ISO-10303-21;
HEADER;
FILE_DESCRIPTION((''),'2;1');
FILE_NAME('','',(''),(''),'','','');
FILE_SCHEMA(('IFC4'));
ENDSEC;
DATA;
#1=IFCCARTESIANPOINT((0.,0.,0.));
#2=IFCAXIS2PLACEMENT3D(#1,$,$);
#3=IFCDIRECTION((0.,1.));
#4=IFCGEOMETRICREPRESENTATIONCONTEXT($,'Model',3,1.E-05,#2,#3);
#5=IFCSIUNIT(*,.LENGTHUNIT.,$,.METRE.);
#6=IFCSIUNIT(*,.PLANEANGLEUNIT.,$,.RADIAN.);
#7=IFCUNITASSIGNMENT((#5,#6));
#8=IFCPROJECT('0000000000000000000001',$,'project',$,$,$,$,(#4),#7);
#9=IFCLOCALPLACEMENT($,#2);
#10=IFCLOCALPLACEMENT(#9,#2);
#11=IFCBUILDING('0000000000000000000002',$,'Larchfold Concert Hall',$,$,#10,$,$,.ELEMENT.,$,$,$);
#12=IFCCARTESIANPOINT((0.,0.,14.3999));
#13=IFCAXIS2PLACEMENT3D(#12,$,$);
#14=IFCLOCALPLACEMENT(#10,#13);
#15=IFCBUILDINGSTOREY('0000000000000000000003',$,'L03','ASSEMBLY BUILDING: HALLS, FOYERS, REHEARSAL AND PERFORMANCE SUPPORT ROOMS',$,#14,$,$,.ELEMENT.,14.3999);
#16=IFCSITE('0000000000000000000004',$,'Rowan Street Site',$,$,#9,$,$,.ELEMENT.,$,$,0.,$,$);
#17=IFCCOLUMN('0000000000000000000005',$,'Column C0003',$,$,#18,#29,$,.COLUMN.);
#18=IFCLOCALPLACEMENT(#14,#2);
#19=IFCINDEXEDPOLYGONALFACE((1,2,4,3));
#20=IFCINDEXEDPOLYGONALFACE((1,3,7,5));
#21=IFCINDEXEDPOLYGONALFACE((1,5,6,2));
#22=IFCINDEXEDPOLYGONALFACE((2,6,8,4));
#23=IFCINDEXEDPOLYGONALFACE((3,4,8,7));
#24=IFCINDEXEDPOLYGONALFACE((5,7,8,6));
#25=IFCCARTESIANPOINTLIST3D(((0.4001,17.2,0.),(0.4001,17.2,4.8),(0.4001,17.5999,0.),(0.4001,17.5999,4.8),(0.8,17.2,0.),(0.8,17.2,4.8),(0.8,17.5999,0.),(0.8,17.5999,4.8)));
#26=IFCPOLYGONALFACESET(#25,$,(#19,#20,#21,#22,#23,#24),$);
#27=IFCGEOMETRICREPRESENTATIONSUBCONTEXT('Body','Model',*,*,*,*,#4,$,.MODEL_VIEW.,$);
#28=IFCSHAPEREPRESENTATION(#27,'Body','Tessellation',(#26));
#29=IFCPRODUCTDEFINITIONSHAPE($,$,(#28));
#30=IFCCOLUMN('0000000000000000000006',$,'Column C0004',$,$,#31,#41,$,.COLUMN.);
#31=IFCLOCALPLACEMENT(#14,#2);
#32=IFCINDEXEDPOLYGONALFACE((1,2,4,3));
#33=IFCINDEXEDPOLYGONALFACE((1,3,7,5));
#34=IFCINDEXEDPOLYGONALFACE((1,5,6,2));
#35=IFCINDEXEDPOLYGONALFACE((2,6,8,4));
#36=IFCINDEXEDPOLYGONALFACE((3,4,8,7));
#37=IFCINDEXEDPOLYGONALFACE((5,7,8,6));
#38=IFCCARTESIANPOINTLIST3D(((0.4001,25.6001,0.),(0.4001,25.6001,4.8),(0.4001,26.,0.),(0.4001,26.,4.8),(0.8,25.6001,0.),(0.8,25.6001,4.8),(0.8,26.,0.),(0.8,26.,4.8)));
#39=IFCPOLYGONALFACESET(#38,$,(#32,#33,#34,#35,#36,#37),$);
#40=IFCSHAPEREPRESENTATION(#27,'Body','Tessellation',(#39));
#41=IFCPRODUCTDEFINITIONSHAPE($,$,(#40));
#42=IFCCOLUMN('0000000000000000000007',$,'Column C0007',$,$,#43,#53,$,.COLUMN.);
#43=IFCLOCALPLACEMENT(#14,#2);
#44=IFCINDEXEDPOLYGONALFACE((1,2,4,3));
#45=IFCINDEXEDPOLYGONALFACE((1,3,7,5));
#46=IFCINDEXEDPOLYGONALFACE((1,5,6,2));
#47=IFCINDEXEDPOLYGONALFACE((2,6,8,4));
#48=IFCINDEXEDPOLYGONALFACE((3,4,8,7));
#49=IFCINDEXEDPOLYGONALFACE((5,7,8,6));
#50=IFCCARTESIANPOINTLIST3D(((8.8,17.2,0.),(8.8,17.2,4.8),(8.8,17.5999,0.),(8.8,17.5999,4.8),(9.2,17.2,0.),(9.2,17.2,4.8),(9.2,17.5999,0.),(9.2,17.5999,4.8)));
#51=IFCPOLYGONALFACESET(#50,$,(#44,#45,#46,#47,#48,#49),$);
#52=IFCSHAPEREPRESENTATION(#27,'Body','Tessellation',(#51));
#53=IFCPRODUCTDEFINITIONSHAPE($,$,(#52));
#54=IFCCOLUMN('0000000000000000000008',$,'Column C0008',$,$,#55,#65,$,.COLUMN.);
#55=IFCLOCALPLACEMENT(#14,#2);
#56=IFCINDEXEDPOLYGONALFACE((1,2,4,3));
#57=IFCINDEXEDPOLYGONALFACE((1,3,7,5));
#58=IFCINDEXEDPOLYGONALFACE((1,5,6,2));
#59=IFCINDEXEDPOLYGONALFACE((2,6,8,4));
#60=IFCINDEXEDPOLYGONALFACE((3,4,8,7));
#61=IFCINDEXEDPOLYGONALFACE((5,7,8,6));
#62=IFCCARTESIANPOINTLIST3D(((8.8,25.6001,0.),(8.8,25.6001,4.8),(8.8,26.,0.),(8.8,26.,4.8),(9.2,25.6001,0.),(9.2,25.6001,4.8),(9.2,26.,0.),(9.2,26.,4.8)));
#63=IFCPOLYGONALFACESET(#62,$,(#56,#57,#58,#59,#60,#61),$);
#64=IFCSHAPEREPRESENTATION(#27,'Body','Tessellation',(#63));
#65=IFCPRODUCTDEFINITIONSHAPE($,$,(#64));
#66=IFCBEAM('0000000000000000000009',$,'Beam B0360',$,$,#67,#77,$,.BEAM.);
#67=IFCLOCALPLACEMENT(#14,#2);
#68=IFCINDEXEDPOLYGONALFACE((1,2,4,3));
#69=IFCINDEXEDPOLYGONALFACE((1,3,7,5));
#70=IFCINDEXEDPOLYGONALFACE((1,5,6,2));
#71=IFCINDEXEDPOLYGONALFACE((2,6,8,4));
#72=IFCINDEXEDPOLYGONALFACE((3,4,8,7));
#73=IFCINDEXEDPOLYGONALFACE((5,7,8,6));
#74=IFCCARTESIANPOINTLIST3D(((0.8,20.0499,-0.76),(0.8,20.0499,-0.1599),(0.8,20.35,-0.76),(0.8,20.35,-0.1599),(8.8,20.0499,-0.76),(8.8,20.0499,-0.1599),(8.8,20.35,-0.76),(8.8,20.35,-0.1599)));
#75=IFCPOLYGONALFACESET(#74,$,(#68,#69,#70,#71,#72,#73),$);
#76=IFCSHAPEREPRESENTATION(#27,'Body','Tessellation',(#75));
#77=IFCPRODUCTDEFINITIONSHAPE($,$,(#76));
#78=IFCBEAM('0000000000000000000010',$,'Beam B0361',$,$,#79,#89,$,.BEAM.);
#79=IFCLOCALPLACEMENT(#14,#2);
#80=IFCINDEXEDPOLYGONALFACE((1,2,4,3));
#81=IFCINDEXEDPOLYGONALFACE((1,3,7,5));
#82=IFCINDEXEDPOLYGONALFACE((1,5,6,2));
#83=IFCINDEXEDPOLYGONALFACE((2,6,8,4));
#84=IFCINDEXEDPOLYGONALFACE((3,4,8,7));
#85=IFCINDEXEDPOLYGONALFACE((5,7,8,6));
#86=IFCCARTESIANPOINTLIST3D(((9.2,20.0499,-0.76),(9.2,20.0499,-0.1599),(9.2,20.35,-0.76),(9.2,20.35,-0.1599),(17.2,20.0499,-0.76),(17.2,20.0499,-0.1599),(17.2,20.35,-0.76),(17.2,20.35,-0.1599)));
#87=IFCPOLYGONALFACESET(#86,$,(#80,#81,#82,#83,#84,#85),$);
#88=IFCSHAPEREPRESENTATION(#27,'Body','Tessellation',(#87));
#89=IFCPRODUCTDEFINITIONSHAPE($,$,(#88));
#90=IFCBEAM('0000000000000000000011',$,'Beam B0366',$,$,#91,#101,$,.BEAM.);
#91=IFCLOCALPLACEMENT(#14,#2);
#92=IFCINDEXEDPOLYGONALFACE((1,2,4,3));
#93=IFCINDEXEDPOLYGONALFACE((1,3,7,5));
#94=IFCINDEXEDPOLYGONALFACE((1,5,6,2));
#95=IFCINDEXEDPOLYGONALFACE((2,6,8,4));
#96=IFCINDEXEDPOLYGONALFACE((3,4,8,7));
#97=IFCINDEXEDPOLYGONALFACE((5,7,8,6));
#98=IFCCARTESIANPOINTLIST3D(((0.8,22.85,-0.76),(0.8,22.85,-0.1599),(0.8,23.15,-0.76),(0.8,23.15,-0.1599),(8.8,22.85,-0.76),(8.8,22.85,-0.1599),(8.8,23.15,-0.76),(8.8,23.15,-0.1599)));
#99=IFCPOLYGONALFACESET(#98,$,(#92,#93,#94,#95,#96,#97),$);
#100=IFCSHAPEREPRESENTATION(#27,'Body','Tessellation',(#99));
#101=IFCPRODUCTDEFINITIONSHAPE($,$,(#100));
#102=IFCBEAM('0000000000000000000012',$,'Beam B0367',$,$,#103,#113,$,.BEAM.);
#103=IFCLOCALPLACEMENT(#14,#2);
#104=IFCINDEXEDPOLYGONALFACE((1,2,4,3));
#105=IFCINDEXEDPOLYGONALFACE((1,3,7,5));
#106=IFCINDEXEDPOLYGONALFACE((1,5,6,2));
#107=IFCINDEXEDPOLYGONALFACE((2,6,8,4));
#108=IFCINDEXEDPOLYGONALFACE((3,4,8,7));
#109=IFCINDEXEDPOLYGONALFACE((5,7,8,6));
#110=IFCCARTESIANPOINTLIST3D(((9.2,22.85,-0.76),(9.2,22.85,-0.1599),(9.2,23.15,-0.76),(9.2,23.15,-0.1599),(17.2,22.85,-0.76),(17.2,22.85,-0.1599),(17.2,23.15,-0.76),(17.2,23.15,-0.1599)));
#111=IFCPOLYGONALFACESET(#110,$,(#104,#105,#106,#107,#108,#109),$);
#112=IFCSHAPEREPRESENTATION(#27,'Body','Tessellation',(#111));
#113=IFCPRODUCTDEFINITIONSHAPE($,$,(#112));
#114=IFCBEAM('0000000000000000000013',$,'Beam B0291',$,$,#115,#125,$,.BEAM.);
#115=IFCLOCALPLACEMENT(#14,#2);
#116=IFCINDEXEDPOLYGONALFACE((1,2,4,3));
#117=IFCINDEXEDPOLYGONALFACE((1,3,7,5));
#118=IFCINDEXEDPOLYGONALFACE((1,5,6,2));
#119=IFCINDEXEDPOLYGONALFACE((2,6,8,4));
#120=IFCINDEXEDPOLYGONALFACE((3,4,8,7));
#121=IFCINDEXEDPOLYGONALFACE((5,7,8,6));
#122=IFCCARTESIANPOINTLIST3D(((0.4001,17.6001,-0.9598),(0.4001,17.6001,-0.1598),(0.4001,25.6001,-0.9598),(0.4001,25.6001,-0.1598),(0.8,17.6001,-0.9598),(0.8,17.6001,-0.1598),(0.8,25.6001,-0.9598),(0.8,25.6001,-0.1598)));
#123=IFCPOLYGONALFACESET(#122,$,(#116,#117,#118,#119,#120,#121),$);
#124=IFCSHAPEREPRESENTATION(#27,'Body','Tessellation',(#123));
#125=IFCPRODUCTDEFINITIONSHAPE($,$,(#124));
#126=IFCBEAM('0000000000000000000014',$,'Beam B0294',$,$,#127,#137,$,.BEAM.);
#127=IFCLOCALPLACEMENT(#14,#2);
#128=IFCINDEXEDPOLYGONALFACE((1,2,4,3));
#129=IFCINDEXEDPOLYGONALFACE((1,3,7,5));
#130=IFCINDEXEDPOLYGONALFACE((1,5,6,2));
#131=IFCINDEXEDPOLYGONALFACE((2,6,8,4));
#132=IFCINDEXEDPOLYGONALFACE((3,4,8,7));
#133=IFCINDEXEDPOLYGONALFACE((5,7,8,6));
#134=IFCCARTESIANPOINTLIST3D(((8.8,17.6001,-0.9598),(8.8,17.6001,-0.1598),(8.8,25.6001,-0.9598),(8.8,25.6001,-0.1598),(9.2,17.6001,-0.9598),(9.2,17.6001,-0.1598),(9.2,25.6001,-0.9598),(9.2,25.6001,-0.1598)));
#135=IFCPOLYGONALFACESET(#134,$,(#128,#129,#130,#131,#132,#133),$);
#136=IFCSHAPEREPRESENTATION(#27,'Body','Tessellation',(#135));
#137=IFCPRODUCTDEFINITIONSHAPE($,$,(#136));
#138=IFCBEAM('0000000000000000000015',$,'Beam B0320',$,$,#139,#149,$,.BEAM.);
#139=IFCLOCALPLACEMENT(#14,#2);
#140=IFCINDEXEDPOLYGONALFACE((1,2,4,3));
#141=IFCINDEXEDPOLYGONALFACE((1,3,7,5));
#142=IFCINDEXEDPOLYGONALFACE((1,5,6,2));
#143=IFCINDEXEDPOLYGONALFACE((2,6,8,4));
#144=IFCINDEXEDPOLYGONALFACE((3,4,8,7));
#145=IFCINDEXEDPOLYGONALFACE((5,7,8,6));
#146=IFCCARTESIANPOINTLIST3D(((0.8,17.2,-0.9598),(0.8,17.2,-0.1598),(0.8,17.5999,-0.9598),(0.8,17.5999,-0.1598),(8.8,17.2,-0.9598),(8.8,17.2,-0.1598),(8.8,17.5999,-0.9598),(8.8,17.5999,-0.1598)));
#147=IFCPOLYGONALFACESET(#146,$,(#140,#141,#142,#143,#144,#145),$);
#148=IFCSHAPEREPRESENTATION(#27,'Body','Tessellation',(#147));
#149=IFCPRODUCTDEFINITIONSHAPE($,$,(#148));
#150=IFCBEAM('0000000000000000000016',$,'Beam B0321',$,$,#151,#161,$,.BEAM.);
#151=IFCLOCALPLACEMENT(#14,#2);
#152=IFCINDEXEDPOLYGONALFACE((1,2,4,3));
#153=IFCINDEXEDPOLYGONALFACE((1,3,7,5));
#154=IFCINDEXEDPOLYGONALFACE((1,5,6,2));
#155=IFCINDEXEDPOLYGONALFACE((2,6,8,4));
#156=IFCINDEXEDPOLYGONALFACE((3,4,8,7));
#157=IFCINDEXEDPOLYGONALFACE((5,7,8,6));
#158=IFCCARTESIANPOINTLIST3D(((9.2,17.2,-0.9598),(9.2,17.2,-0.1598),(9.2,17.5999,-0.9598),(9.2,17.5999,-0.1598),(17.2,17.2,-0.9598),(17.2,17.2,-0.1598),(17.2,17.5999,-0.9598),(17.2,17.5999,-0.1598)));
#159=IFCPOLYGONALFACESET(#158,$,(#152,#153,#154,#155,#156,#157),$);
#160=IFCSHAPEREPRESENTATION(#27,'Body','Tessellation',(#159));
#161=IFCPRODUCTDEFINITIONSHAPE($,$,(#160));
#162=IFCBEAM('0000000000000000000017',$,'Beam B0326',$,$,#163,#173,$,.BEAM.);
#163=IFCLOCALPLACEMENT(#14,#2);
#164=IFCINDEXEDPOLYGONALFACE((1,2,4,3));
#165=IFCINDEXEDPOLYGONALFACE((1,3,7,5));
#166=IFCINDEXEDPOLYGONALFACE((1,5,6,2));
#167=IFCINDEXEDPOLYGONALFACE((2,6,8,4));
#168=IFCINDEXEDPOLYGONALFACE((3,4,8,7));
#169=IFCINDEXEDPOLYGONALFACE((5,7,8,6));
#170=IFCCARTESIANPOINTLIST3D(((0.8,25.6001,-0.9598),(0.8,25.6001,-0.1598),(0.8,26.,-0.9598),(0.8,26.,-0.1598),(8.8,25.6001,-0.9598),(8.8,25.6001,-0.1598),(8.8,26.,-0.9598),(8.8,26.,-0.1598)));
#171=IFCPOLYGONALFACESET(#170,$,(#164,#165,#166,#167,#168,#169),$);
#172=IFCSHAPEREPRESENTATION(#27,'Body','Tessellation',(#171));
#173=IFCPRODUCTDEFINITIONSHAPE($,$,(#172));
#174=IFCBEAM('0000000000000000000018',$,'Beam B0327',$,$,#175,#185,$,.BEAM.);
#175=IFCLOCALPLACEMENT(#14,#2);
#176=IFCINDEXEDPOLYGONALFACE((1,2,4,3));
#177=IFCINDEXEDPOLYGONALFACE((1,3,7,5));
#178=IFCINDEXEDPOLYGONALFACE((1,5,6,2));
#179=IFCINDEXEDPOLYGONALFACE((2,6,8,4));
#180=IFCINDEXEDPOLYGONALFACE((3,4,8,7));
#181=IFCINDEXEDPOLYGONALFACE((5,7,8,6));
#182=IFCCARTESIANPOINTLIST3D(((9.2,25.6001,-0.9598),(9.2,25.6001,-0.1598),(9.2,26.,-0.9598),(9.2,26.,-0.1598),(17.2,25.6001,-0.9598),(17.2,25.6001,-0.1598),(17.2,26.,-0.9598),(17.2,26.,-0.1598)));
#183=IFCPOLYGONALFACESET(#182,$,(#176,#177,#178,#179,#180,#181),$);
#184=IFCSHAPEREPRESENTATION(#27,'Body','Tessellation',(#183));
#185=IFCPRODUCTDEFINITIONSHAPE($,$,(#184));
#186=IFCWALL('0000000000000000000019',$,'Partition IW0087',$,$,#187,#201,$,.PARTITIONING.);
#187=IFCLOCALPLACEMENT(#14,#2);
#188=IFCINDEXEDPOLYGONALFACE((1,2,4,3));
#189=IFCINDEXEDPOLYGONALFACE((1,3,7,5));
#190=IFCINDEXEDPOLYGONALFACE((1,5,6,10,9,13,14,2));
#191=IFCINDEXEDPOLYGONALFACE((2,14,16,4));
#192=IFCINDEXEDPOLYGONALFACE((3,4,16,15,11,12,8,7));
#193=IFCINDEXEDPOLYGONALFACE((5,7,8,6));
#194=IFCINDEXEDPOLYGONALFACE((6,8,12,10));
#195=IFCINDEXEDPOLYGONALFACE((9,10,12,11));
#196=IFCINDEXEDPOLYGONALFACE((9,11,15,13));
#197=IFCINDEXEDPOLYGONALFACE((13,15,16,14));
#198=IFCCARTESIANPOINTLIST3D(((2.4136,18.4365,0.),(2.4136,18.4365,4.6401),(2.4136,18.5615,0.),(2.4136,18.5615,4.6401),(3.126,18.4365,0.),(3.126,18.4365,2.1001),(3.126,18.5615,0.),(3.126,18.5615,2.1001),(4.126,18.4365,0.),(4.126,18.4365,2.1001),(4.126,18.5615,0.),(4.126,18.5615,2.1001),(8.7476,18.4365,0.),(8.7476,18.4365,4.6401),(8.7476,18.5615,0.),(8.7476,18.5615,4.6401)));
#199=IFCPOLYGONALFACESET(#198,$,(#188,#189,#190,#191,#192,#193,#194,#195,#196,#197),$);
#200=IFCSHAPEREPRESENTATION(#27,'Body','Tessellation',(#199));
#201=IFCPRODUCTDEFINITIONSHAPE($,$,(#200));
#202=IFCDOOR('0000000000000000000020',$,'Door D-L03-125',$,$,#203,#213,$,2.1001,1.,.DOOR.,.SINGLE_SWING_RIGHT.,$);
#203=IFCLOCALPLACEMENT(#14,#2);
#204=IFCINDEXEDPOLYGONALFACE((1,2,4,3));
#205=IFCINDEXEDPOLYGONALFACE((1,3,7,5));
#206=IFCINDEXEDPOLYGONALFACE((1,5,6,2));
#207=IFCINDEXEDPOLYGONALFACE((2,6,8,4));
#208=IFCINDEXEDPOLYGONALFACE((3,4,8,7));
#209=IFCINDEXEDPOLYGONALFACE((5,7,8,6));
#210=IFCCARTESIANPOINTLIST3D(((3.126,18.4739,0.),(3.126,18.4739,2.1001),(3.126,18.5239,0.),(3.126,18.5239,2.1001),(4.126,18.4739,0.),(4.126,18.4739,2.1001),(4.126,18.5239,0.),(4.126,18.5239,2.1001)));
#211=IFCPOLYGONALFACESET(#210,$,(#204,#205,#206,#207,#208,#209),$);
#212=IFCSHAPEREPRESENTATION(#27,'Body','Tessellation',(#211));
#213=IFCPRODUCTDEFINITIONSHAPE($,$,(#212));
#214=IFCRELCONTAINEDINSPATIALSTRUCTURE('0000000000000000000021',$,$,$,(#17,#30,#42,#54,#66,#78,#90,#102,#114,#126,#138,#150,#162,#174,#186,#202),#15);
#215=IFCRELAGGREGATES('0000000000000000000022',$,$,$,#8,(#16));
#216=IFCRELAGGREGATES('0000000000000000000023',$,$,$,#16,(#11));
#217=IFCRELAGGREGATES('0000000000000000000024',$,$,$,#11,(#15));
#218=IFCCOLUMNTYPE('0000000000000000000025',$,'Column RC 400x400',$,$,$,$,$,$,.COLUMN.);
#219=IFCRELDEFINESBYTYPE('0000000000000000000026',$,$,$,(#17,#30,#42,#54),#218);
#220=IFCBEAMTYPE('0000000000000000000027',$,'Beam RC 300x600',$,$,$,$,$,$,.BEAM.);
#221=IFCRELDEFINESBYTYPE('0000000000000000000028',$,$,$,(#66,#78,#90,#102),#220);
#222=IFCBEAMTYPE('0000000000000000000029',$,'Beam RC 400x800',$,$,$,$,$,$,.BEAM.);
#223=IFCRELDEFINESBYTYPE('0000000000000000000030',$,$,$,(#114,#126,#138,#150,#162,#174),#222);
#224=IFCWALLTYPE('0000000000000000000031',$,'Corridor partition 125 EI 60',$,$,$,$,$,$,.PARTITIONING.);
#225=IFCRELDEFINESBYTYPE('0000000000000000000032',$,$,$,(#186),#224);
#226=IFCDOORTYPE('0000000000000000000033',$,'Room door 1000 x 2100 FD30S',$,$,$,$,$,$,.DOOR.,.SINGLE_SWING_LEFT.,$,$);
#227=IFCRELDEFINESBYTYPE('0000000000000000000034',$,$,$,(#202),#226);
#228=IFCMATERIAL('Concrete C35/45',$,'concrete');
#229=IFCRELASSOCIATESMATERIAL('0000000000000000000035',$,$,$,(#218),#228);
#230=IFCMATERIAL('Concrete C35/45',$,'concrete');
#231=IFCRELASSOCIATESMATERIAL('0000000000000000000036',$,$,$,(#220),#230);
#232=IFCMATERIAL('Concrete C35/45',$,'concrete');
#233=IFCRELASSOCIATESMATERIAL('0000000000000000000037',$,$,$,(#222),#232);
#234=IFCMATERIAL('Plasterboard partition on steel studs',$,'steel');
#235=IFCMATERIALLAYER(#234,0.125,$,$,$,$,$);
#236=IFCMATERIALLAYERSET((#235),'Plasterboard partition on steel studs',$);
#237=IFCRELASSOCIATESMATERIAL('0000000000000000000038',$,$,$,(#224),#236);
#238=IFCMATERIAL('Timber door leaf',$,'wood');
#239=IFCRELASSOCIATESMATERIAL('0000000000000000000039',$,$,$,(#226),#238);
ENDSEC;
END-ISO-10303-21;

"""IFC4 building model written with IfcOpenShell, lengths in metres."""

from ifc_helpers import new_model, si_unit, direction, frame, frame_2d, origin, origin_2d, place, context, subcontext, project, spatial, rectangle, extrude, material, layer, layer_set, material_profile, profile_set, type_object, element, fill, save


model = new_model("IFC4")

# Units and contexts
model_context = context("Model", 3, precision=1e-05, world=origin(), true_north=direction((0.0, 1.0)))
body_context = subcontext(model_context, "Body", "Model", "MODEL_VIEW")
ifc_project = project(units=[si_unit("LENGTHUNIT", "METRE"), si_unit("PLANEANGLEUNIT", "RADIAN")], contexts=[model_context])

# Site, building, storey
site_placement = place(None, origin())
site = spatial("IfcSite", under=ifc_project, at=site_placement, Name="Rowan Street Site", CompositionType="ELEMENT", RefElevation=0.0)
building_placement = place(site_placement, origin())
building = spatial("IfcBuilding", under=site, at=building_placement, Name="Larchfold Concert Hall", CompositionType="ELEMENT")
storey_placement = place(building_placement, frame((0.0, 0.0, 14.3999)))
storey = spatial("IfcBuildingStorey", under=building, at=storey_placement, Name="L03", Description="ASSEMBLY BUILDING: HALLS, FOYERS, REHEARSAL AND PERFORMANCE SUPPORT ROOMS", CompositionType="ELEMENT", Elevation=14.3999)

# Columns
ifc_material_1 = material(Name="Concrete C35/45", Category="concrete")
ifc_material_profile_1 = material_profile(ifc_material_1, rectangle(XDim=0.3999, YDim=0.3999, at=origin_2d()))
ifc_profile_set_1 = profile_set([ifc_material_profile_1], Name="Concrete C35/45")
column_type = type_object("IfcColumnType", Name="Column RC 400x400", PredefinedType="COLUMN", material=ifc_profile_set_1)
for number, where, z_axis, x_axis, name in (
    (1, (0.6001, 17.3999, 0.0), (0.0, 0.0, 1.0), (1.0, 0.0, 0.0), "Column C0003"),
    (2, (0.6001, 25.8, 0.0), (0.0, 0.0, 1.0), (1.0, 0.0, 0.0), "Column C0004"),
    (3, (9.0, 17.3999, 0.0), (0.0, 0.0, 1.0), (1.0, 0.0, 0.0), "Column C0007"),
    (4, (9.0, 25.8, 0.0), (0.0, 0.0, 1.0), (1.0, 0.0, 0.0), "Column C0008"),
):
    element("IfcColumn", number, at=place(storey_placement, frame(where, z_axis=z_axis, x_axis=x_axis)), inside=storey, type_object=column_type, Name=name, PredefinedType="COLUMN", context=body_context, shape_type="SweptSolid", body=[
        extrude(rectangle(XDim=0.3999, YDim=0.3999, at=origin_2d()), origin(), (0.0, 0.0, 1.0), 4.8),
    ])

# Beams
ifc_material_2 = material(Name="Concrete C35/45", Category="concrete")
ifc_material_profile_2 = material_profile(ifc_material_2, rectangle(XDim=0.3, YDim=0.6001, at=origin_2d()))
ifc_profile_set_2 = profile_set([ifc_material_profile_2], Name="Concrete C35/45")
beam_type_1 = type_object("IfcBeamType", Name="Beam RC 300x600", PredefinedType="BEAM", material=ifc_profile_set_2)
for number, where, z_axis, x_axis, name in (
    (5, (0.8, 20.2, -0.46), (1.0, 0.0, 0.0), (0.0, 1.0, 0.0), "Beam B0360"),
    (6, (9.2, 20.2, -0.46), (1.0, 0.0, 0.0), (0.0, 1.0, 0.0), "Beam B0361"),
    (7, (0.8, 23.0, -0.46), (1.0, 0.0, 0.0), (0.0, 1.0, 0.0), "Beam B0366"),
    (8, (9.2, 23.0, -0.46), (1.0, 0.0, 0.0), (0.0, 1.0, 0.0), "Beam B0367"),
):
    element("IfcBeam", number, at=place(storey_placement, frame(where, z_axis=z_axis, x_axis=x_axis)), inside=storey, type_object=beam_type_1, Name=name, PredefinedType="BEAM", context=body_context, shape_type="SweptSolid", body=[
        extrude(rectangle(XDim=0.3, YDim=0.6001, at=origin_2d()), origin(), (0.0, 0.0, 1.0), 8.0),
    ])
ifc_material_3 = material(Name="Concrete C35/45", Category="concrete")
ifc_material_profile_3 = material_profile(ifc_material_3, rectangle(XDim=0.3999, YDim=0.8, at=origin_2d()))
ifc_profile_set_3 = profile_set([ifc_material_profile_3], Name="Concrete C35/45")
beam_type_2 = type_object("IfcBeamType", Name="Beam RC 400x800", PredefinedType="BEAM", material=ifc_profile_set_3)
for number, where, z_axis, x_axis, name in (
    (9, (0.6001, 17.6001, -0.5598), (0.0, 1.0, 0.0), (-1.0, 0.0, 0.0), "Beam B0291"),
    (10, (9.0, 17.6001, -0.5598), (0.0, 1.0, 0.0), (-1.0, 0.0, 0.0), "Beam B0294"),
    (11, (0.8, 17.3999, -0.5598), (1.0, 0.0, 0.0), (0.0, 1.0, 0.0), "Beam B0320"),
    (12, (9.2, 17.3999, -0.5598), (1.0, 0.0, 0.0), (0.0, 1.0, 0.0), "Beam B0321"),
    (13, (0.8, 25.8, -0.5598), (1.0, 0.0, 0.0), (0.0, 1.0, 0.0), "Beam B0326"),
    (14, (9.2, 25.8, -0.5598), (1.0, 0.0, 0.0), (0.0, 1.0, 0.0), "Beam B0327"),
):
    element("IfcBeam", number, at=place(storey_placement, frame(where, z_axis=z_axis, x_axis=x_axis)), inside=storey, type_object=beam_type_2, Name=name, PredefinedType="BEAM", context=body_context, shape_type="SweptSolid", body=[
        extrude(rectangle(XDim=0.3999, YDim=0.8, at=origin_2d()), origin(), (0.0, 0.0, 1.0), 8.0),
    ])

# Wall, opening, door
ifc_material_4 = material(Name="Plasterboard partition on steel studs", Category="steel")
ifc_layer_1 = layer(ifc_material_4, 0.125)
ifc_layer_set_1 = layer_set([ifc_layer_1], Name="Plasterboard partition on steel studs")
wall_type_1 = type_object("IfcWallType", Name="Corridor partition 125 EI 60", PredefinedType="PARTITIONING", material=ifc_layer_set_1)
wall_1_placement = place(storey_placement, frame((2.4136, 18.499, 0.0), z_axis=(0.0, 0.0, 1.0), x_axis=(1.0, 0.0, 0.0)))
wall_1 = element("IfcWall", 15, at=wall_1_placement, inside=storey, type_object=wall_type_1, Name="Partition IW0087", PredefinedType="PARTITIONING", context=body_context, shape_type="SweptSolid", body=[
    extrude(rectangle(XDim=6.334, YDim=0.125, at=frame_2d((3.167, 0.0))), origin(), (0.0, 0.0, 1.0), 4.6401),
])
opening_1_placement = place(wall_1_placement, frame((0.7124, 0.0, 0.0)))
opening_1 = element("IfcOpeningElement", 16, at=opening_1_placement, cuts=wall_1, PredefinedType="OPENING", context=body_context, shape_type="SweptSolid", body=[
    extrude(rectangle(XDim=1.0, YDim=2.1001, at=frame_2d((0.5, 1.05))), frame((0.0, 0.0725, 0.0), z_axis=(0.0, -1.0, 0.0), x_axis=(1.0, 0.0, 0.0)), (0.0, 0.0, 1.0), 0.145),
])
ifc_material_5 = material(Name="Timber door leaf", Category="wood")
door_type = type_object("IfcDoorType", Name="Room door 1000 x 2100 FD30S", OperationType="SINGLE_SWING_LEFT", PredefinedType="DOOR", material=ifc_material_5)
door_placement = place(opening_1_placement, origin())
door = element("IfcDoor", 17, at=door_placement, inside=storey, type_object=door_type, Name="Door D-L03-125", OperationType="SINGLE_SWING_RIGHT", OverallHeight=2.1001, OverallWidth=1.0, PredefinedType="DOOR", context=body_context, shape_type="SweptSolid", body=[
    extrude(rectangle(XDim=1.0, YDim=2.1001, at=frame_2d((0.5, 1.05))), frame((0.0, 0.0249, 0.0), z_axis=(0.0, -1.0, 0.0), x_axis=(1.0, 0.0, 0.0)), (0.0, 0.0, 1.0), 0.05),
])
fill(opening_1, door)

save(model, "model.ifc")
